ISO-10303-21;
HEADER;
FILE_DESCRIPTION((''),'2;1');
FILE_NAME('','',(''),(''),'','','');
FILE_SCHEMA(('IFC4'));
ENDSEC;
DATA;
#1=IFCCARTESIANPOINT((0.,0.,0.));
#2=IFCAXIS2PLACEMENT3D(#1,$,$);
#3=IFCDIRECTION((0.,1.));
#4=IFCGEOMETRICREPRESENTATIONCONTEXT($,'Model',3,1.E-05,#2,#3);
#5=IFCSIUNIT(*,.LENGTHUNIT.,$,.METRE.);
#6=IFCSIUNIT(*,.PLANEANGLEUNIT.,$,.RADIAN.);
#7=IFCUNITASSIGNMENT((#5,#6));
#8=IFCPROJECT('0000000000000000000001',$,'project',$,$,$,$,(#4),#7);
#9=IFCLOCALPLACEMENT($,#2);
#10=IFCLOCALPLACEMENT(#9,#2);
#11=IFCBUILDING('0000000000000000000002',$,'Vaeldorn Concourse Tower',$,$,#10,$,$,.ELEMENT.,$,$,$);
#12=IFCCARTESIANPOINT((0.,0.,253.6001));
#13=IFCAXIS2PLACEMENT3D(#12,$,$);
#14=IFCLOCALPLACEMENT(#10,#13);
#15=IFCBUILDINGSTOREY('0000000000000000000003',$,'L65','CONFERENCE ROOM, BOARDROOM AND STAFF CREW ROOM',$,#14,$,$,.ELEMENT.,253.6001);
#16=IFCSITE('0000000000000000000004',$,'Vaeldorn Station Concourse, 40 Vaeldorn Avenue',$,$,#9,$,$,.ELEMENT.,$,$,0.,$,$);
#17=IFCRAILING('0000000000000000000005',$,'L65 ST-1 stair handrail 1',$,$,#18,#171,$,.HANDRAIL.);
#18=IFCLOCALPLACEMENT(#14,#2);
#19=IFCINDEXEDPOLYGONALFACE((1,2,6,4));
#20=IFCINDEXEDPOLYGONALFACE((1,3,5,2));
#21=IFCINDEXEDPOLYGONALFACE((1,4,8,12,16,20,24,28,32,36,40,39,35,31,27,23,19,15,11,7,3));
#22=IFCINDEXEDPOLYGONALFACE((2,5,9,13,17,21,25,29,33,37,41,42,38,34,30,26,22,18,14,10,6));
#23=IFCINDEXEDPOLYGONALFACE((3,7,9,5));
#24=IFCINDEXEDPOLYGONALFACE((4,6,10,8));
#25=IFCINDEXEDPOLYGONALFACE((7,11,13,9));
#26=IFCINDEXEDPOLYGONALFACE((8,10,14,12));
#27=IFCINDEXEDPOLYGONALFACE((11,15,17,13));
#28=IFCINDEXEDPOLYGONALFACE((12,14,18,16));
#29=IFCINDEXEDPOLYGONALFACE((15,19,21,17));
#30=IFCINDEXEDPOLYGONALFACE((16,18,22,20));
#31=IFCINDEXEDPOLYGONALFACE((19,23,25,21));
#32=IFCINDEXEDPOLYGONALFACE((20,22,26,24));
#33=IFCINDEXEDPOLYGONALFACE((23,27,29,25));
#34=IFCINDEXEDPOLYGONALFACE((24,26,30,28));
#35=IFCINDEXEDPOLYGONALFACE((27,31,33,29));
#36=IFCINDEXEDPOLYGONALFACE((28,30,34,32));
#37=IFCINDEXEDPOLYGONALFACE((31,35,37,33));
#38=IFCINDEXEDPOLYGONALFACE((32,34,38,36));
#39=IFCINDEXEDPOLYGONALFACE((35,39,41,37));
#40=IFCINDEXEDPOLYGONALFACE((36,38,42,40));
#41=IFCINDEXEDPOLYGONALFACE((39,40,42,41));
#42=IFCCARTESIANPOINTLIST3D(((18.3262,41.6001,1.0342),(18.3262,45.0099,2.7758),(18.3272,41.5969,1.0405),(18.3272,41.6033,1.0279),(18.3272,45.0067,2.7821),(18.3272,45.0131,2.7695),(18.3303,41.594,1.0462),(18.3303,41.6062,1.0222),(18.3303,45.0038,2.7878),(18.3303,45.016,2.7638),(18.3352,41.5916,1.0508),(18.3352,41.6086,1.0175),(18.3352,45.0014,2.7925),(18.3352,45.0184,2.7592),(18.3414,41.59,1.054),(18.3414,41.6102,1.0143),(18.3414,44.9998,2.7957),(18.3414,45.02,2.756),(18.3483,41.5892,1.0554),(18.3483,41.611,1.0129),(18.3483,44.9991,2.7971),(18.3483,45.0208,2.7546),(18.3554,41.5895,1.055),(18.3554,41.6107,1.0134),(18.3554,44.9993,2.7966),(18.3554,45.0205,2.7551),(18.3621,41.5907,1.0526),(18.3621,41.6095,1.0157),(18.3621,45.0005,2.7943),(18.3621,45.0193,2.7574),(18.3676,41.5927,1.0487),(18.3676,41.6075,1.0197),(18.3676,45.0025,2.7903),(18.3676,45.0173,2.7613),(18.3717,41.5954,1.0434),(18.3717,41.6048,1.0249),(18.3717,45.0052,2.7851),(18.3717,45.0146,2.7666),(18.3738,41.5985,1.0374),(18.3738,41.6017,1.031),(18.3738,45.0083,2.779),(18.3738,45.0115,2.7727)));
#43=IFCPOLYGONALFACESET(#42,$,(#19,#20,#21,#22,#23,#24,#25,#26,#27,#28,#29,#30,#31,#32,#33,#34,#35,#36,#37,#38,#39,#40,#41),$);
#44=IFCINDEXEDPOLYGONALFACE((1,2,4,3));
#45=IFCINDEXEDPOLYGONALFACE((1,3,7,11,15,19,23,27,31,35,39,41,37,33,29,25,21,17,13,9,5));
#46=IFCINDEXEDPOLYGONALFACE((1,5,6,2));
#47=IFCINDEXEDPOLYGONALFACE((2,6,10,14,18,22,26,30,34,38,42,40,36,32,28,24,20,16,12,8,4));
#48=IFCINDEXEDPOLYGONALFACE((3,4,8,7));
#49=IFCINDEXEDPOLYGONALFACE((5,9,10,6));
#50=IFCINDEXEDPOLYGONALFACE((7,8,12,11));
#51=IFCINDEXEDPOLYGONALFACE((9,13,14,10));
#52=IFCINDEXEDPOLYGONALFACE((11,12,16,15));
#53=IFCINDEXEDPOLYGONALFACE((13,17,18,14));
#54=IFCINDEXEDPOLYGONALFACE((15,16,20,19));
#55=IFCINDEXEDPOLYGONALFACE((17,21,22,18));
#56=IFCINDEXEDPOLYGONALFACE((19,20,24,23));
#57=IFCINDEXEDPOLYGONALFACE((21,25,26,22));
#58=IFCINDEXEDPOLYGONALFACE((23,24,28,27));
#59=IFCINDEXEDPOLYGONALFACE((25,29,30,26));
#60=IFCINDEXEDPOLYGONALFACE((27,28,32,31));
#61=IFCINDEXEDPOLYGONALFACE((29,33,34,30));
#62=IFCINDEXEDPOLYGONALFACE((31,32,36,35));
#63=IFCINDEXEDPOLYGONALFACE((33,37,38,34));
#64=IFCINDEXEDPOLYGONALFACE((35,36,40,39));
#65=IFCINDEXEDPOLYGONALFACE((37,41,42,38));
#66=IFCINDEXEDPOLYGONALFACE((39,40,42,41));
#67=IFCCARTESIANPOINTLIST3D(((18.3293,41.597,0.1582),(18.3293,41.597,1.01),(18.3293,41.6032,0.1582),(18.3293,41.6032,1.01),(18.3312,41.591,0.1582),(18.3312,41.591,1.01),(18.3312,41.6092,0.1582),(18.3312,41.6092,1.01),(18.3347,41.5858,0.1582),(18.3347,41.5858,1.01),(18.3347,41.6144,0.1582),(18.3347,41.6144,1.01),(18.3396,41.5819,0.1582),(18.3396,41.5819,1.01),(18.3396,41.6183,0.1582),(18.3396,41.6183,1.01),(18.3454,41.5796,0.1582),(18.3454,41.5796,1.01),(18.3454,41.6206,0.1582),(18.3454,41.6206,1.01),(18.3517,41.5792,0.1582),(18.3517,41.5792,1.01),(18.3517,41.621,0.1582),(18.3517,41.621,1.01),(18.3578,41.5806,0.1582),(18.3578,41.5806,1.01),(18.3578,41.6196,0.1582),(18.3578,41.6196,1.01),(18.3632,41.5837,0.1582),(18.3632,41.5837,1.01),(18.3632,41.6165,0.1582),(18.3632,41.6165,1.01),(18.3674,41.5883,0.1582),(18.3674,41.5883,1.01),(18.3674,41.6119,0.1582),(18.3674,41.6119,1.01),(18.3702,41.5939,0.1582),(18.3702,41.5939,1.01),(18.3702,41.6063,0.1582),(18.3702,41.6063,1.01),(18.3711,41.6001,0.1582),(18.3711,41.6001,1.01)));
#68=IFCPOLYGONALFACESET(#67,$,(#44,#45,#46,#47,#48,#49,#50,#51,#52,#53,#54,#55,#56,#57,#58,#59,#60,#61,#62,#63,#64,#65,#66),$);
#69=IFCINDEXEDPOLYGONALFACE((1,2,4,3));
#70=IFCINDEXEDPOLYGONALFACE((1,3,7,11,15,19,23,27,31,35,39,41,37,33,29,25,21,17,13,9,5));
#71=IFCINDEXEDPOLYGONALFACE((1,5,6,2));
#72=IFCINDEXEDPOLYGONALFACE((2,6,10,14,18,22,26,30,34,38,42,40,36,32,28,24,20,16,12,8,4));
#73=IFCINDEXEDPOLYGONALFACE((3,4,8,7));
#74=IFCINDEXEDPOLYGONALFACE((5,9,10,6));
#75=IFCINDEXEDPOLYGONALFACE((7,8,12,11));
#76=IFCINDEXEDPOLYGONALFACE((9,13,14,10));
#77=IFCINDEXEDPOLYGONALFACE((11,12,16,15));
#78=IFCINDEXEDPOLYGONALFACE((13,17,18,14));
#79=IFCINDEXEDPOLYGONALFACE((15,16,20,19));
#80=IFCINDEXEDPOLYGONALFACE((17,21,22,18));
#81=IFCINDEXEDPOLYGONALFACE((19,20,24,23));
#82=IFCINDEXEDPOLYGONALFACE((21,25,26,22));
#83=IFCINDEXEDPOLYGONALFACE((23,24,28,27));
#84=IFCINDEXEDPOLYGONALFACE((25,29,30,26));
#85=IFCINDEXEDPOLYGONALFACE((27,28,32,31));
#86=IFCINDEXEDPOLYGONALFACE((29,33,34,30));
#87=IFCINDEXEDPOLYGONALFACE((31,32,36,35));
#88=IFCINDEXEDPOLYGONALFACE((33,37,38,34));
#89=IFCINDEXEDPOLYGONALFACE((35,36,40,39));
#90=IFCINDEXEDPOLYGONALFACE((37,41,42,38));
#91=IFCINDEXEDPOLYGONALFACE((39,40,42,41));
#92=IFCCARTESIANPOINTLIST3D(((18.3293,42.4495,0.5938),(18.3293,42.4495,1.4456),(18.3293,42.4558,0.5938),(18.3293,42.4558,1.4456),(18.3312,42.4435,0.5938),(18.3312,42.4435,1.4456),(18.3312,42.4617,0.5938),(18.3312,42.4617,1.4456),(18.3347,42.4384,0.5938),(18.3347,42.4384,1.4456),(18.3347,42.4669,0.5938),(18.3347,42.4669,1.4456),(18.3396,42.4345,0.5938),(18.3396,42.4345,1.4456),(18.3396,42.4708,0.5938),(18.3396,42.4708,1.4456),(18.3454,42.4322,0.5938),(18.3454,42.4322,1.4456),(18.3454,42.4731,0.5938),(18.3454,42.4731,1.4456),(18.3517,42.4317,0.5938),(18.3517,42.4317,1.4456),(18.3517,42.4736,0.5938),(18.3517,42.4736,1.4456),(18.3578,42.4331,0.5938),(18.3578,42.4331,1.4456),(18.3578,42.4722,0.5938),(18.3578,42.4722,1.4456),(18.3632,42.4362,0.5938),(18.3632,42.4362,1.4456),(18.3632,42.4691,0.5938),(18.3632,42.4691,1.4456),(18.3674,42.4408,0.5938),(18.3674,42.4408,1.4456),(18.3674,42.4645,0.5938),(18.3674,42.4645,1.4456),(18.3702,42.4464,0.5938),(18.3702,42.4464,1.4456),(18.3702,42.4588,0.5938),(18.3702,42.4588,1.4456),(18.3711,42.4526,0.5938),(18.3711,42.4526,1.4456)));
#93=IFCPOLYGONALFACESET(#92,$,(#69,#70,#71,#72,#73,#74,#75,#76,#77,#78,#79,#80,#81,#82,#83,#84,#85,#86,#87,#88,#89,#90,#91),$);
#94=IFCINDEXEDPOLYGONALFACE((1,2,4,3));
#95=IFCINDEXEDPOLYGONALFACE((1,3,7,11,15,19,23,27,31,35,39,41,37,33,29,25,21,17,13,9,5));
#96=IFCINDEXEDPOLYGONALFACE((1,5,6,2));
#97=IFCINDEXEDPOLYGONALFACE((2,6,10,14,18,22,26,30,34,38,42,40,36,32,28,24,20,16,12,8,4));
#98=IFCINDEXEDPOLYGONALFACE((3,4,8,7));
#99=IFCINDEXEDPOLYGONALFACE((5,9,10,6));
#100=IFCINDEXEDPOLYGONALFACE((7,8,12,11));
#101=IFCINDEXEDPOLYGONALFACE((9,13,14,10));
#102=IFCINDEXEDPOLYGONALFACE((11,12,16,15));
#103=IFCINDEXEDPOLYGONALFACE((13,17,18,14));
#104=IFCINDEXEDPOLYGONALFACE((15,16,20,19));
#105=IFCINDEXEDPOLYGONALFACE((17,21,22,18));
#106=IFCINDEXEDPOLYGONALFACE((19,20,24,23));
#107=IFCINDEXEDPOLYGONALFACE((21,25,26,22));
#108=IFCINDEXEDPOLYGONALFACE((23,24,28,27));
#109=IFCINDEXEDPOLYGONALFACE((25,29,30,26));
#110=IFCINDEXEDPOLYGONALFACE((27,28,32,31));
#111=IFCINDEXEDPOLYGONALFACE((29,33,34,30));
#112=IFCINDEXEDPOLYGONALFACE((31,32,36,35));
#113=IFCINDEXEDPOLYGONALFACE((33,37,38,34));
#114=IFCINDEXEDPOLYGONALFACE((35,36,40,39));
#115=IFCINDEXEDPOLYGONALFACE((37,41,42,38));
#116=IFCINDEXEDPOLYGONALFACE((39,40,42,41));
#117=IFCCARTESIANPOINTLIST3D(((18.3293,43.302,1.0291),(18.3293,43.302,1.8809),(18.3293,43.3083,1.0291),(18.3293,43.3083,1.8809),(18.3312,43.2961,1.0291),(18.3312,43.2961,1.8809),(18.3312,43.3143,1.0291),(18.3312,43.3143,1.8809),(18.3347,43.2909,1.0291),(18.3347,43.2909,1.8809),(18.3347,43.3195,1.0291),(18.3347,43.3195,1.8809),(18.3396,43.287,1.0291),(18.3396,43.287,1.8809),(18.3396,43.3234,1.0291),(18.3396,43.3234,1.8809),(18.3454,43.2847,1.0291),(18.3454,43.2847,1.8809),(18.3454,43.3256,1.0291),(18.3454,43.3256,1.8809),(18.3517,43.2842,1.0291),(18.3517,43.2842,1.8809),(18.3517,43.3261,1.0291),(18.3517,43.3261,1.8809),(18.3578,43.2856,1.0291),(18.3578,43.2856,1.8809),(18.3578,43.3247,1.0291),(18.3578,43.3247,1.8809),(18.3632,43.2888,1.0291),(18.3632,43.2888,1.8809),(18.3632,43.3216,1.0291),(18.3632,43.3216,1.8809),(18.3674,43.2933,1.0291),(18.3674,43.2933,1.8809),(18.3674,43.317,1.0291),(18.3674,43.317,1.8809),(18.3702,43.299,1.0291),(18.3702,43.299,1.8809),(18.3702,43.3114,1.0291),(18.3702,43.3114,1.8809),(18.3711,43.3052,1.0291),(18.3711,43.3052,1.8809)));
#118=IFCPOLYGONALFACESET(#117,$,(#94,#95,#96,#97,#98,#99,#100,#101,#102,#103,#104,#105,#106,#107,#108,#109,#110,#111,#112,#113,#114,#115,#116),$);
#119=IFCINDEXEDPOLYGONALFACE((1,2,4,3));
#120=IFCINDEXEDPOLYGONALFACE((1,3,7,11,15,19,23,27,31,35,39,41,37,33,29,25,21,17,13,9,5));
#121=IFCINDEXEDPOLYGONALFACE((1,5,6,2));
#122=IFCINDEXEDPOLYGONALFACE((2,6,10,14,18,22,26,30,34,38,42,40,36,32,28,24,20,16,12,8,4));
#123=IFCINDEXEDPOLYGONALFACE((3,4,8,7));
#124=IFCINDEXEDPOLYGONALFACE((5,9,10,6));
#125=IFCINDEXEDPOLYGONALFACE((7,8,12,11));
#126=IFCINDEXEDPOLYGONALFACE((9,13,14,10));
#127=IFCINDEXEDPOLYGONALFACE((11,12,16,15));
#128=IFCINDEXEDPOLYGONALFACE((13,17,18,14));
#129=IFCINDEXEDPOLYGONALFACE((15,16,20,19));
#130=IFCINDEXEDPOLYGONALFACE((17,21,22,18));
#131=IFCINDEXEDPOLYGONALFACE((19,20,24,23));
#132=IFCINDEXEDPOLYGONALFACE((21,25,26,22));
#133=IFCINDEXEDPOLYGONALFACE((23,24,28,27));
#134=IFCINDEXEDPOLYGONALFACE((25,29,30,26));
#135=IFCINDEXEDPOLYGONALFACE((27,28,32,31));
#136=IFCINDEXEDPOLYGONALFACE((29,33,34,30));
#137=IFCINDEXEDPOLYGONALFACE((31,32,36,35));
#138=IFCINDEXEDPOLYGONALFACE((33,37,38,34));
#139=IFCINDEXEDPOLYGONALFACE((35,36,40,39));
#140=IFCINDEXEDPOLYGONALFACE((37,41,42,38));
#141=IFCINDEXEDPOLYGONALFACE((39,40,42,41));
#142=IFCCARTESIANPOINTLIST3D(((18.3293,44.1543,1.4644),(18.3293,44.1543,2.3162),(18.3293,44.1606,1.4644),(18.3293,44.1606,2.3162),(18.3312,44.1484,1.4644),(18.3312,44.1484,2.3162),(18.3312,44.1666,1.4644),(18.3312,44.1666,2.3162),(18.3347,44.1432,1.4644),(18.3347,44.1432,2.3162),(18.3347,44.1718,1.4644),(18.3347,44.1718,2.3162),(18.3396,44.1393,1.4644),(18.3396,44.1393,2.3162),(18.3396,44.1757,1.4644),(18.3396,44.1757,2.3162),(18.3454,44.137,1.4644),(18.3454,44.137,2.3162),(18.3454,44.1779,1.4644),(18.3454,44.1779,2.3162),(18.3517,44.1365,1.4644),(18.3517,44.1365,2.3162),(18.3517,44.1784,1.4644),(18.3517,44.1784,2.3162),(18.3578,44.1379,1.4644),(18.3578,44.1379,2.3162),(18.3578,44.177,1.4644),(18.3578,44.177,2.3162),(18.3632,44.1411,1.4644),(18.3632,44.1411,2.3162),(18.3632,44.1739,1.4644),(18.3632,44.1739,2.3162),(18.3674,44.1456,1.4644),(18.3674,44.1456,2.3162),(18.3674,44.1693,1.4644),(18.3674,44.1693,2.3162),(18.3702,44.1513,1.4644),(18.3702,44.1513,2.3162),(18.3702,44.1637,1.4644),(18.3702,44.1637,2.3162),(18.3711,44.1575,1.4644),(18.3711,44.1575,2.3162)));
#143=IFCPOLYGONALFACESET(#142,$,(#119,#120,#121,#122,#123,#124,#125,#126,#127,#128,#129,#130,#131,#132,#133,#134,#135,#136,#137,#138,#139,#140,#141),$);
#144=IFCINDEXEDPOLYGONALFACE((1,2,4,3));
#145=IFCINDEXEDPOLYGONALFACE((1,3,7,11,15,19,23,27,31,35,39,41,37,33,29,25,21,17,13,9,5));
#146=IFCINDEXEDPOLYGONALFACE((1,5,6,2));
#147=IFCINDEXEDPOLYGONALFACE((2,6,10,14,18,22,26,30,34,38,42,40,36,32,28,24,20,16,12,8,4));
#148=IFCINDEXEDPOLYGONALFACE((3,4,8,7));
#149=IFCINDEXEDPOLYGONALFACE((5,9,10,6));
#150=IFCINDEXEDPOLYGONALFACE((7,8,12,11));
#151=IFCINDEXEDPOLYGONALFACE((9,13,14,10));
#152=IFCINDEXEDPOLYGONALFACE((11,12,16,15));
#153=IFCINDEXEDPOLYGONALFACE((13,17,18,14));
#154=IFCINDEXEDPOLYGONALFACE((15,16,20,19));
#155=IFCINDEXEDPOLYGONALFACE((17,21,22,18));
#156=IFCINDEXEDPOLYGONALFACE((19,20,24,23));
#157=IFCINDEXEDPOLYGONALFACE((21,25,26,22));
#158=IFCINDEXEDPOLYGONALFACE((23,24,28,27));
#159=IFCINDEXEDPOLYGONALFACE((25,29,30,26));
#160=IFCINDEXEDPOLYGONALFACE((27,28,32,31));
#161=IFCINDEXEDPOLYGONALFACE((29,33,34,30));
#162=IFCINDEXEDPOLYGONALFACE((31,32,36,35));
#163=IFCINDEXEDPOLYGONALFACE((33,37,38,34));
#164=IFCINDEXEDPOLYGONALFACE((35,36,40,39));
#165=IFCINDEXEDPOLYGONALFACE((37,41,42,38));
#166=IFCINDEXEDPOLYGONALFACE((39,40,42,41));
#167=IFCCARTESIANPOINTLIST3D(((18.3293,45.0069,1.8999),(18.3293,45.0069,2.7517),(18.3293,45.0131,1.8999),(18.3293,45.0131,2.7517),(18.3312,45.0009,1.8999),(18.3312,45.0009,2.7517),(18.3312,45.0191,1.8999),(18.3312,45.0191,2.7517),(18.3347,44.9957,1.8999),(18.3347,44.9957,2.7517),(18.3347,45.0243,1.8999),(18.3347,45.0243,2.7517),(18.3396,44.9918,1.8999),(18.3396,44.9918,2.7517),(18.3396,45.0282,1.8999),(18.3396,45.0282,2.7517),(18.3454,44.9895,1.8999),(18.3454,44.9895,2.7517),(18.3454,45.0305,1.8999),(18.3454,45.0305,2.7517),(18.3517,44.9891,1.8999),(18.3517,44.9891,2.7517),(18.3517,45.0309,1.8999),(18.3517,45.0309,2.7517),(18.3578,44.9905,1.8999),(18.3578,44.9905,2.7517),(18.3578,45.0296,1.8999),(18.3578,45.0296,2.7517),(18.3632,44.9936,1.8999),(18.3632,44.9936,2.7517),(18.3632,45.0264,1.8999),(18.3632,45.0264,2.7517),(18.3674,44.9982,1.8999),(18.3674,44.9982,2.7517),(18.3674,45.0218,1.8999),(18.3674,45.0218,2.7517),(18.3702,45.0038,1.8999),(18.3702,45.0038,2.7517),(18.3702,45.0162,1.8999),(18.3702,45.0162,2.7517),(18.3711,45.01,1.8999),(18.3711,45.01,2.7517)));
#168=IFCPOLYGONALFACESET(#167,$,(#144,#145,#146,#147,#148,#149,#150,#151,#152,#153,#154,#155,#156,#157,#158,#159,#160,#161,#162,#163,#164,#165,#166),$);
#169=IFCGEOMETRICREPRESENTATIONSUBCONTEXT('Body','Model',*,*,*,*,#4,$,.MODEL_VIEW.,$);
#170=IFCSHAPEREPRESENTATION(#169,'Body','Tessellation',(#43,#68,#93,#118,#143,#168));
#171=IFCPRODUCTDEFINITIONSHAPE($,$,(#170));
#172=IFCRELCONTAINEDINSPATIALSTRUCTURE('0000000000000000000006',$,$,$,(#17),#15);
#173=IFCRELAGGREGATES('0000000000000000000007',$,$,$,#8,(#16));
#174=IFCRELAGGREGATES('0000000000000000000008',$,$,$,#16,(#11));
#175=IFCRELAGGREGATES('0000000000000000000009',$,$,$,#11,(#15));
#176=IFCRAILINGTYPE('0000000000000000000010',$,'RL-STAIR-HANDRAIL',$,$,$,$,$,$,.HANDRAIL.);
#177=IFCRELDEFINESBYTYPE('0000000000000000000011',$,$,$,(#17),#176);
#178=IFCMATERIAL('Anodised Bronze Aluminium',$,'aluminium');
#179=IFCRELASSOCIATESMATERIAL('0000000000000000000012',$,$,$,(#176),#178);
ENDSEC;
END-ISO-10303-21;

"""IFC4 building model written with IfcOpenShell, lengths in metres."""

from ifc_helpers import new_model, si_unit, direction, frame, origin, origin_2d, place, context, subcontext, project, spatial, circle, extrude, material, type_object, element, save


model = new_model("IFC4")

# Units and contexts
model_context = context("Model", 3, precision=1e-05, world=origin(), true_north=direction((0.0, 1.0)))
body_context = subcontext(model_context, "Body", "Model", "MODEL_VIEW")
ifc_project = project(units=[si_unit("LENGTHUNIT", "METRE"), si_unit("PLANEANGLEUNIT", "RADIAN")], contexts=[model_context])

# Site, building, storey
site_placement = place(None, origin())
site = spatial("IfcSite", under=ifc_project, at=site_placement, Name="Vaeldorn Station Concourse, 40 Vaeldorn Avenue", CompositionType="ELEMENT", RefElevation=0.0)
building_placement = place(site_placement, origin())
building = spatial("IfcBuilding", under=site, at=building_placement, Name="Vaeldorn Concourse Tower", CompositionType="ELEMENT")
storey_placement = place(building_placement, frame((0.0, 0.0, 253.6001)))
storey = spatial("IfcBuildingStorey", under=building, at=storey_placement, Name="L65", Description="CONFERENCE ROOM, BOARDROOM AND STAFF CREW ROOM", CompositionType="ELEMENT", Elevation=253.6001)

# Shared definitions
ifc_material_1 = material(Name="Anodised Bronze Aluminium", Category="aluminium")

# Railing
railing_type_1 = type_object("IfcRailingType", Name="RL-STAIR-HANDRAIL", PredefinedType="HANDRAIL", material=ifc_material_1)
railing_1_placement = place(storey_placement, frame((18.3501, 41.6001, 0.1582)))
element("IfcRailing", 1, at=railing_1_placement, inside=storey, type_object=railing_type_1, Name="L65 ST-1 stair handrail 1", PredefinedType="HANDRAIL", context=body_context, shape_type="SweptSolid", body=[
    extrude(circle(Radius=0.0239, at=origin_2d()), frame((0.0, 0.0, 0.876), z_axis=(0.0, 0.890556, 0.454874), x_axis=(-1.0, 0.0, 0.0)), (0.0, 0.0, 1.0), 3.8289),
    extrude(circle(Radius=0.021, at=origin_2d()), origin(), (0.0, 0.0, 1.0), 0.8518),
    extrude(circle(Radius=0.021, at=origin_2d()), frame((0.0, 0.8525, 0.4355)), (0.0, 0.0, 1.0), 0.8518),
    extrude(circle(Radius=0.021, at=origin_2d()), frame((0.0, 1.7051, 0.8708)), (0.0, 0.0, 1.0), 0.8518),
    extrude(circle(Radius=0.021, at=origin_2d()), frame((0.0, 2.5574, 1.3062)), (0.0, 0.0, 1.0), 0.8518),
    extrude(circle(Radius=0.021, at=origin_2d()), frame((0.0, 3.4099, 1.7417)), (0.0, 0.0, 1.0), 0.8518),
])

save(model, "model.ifc")
